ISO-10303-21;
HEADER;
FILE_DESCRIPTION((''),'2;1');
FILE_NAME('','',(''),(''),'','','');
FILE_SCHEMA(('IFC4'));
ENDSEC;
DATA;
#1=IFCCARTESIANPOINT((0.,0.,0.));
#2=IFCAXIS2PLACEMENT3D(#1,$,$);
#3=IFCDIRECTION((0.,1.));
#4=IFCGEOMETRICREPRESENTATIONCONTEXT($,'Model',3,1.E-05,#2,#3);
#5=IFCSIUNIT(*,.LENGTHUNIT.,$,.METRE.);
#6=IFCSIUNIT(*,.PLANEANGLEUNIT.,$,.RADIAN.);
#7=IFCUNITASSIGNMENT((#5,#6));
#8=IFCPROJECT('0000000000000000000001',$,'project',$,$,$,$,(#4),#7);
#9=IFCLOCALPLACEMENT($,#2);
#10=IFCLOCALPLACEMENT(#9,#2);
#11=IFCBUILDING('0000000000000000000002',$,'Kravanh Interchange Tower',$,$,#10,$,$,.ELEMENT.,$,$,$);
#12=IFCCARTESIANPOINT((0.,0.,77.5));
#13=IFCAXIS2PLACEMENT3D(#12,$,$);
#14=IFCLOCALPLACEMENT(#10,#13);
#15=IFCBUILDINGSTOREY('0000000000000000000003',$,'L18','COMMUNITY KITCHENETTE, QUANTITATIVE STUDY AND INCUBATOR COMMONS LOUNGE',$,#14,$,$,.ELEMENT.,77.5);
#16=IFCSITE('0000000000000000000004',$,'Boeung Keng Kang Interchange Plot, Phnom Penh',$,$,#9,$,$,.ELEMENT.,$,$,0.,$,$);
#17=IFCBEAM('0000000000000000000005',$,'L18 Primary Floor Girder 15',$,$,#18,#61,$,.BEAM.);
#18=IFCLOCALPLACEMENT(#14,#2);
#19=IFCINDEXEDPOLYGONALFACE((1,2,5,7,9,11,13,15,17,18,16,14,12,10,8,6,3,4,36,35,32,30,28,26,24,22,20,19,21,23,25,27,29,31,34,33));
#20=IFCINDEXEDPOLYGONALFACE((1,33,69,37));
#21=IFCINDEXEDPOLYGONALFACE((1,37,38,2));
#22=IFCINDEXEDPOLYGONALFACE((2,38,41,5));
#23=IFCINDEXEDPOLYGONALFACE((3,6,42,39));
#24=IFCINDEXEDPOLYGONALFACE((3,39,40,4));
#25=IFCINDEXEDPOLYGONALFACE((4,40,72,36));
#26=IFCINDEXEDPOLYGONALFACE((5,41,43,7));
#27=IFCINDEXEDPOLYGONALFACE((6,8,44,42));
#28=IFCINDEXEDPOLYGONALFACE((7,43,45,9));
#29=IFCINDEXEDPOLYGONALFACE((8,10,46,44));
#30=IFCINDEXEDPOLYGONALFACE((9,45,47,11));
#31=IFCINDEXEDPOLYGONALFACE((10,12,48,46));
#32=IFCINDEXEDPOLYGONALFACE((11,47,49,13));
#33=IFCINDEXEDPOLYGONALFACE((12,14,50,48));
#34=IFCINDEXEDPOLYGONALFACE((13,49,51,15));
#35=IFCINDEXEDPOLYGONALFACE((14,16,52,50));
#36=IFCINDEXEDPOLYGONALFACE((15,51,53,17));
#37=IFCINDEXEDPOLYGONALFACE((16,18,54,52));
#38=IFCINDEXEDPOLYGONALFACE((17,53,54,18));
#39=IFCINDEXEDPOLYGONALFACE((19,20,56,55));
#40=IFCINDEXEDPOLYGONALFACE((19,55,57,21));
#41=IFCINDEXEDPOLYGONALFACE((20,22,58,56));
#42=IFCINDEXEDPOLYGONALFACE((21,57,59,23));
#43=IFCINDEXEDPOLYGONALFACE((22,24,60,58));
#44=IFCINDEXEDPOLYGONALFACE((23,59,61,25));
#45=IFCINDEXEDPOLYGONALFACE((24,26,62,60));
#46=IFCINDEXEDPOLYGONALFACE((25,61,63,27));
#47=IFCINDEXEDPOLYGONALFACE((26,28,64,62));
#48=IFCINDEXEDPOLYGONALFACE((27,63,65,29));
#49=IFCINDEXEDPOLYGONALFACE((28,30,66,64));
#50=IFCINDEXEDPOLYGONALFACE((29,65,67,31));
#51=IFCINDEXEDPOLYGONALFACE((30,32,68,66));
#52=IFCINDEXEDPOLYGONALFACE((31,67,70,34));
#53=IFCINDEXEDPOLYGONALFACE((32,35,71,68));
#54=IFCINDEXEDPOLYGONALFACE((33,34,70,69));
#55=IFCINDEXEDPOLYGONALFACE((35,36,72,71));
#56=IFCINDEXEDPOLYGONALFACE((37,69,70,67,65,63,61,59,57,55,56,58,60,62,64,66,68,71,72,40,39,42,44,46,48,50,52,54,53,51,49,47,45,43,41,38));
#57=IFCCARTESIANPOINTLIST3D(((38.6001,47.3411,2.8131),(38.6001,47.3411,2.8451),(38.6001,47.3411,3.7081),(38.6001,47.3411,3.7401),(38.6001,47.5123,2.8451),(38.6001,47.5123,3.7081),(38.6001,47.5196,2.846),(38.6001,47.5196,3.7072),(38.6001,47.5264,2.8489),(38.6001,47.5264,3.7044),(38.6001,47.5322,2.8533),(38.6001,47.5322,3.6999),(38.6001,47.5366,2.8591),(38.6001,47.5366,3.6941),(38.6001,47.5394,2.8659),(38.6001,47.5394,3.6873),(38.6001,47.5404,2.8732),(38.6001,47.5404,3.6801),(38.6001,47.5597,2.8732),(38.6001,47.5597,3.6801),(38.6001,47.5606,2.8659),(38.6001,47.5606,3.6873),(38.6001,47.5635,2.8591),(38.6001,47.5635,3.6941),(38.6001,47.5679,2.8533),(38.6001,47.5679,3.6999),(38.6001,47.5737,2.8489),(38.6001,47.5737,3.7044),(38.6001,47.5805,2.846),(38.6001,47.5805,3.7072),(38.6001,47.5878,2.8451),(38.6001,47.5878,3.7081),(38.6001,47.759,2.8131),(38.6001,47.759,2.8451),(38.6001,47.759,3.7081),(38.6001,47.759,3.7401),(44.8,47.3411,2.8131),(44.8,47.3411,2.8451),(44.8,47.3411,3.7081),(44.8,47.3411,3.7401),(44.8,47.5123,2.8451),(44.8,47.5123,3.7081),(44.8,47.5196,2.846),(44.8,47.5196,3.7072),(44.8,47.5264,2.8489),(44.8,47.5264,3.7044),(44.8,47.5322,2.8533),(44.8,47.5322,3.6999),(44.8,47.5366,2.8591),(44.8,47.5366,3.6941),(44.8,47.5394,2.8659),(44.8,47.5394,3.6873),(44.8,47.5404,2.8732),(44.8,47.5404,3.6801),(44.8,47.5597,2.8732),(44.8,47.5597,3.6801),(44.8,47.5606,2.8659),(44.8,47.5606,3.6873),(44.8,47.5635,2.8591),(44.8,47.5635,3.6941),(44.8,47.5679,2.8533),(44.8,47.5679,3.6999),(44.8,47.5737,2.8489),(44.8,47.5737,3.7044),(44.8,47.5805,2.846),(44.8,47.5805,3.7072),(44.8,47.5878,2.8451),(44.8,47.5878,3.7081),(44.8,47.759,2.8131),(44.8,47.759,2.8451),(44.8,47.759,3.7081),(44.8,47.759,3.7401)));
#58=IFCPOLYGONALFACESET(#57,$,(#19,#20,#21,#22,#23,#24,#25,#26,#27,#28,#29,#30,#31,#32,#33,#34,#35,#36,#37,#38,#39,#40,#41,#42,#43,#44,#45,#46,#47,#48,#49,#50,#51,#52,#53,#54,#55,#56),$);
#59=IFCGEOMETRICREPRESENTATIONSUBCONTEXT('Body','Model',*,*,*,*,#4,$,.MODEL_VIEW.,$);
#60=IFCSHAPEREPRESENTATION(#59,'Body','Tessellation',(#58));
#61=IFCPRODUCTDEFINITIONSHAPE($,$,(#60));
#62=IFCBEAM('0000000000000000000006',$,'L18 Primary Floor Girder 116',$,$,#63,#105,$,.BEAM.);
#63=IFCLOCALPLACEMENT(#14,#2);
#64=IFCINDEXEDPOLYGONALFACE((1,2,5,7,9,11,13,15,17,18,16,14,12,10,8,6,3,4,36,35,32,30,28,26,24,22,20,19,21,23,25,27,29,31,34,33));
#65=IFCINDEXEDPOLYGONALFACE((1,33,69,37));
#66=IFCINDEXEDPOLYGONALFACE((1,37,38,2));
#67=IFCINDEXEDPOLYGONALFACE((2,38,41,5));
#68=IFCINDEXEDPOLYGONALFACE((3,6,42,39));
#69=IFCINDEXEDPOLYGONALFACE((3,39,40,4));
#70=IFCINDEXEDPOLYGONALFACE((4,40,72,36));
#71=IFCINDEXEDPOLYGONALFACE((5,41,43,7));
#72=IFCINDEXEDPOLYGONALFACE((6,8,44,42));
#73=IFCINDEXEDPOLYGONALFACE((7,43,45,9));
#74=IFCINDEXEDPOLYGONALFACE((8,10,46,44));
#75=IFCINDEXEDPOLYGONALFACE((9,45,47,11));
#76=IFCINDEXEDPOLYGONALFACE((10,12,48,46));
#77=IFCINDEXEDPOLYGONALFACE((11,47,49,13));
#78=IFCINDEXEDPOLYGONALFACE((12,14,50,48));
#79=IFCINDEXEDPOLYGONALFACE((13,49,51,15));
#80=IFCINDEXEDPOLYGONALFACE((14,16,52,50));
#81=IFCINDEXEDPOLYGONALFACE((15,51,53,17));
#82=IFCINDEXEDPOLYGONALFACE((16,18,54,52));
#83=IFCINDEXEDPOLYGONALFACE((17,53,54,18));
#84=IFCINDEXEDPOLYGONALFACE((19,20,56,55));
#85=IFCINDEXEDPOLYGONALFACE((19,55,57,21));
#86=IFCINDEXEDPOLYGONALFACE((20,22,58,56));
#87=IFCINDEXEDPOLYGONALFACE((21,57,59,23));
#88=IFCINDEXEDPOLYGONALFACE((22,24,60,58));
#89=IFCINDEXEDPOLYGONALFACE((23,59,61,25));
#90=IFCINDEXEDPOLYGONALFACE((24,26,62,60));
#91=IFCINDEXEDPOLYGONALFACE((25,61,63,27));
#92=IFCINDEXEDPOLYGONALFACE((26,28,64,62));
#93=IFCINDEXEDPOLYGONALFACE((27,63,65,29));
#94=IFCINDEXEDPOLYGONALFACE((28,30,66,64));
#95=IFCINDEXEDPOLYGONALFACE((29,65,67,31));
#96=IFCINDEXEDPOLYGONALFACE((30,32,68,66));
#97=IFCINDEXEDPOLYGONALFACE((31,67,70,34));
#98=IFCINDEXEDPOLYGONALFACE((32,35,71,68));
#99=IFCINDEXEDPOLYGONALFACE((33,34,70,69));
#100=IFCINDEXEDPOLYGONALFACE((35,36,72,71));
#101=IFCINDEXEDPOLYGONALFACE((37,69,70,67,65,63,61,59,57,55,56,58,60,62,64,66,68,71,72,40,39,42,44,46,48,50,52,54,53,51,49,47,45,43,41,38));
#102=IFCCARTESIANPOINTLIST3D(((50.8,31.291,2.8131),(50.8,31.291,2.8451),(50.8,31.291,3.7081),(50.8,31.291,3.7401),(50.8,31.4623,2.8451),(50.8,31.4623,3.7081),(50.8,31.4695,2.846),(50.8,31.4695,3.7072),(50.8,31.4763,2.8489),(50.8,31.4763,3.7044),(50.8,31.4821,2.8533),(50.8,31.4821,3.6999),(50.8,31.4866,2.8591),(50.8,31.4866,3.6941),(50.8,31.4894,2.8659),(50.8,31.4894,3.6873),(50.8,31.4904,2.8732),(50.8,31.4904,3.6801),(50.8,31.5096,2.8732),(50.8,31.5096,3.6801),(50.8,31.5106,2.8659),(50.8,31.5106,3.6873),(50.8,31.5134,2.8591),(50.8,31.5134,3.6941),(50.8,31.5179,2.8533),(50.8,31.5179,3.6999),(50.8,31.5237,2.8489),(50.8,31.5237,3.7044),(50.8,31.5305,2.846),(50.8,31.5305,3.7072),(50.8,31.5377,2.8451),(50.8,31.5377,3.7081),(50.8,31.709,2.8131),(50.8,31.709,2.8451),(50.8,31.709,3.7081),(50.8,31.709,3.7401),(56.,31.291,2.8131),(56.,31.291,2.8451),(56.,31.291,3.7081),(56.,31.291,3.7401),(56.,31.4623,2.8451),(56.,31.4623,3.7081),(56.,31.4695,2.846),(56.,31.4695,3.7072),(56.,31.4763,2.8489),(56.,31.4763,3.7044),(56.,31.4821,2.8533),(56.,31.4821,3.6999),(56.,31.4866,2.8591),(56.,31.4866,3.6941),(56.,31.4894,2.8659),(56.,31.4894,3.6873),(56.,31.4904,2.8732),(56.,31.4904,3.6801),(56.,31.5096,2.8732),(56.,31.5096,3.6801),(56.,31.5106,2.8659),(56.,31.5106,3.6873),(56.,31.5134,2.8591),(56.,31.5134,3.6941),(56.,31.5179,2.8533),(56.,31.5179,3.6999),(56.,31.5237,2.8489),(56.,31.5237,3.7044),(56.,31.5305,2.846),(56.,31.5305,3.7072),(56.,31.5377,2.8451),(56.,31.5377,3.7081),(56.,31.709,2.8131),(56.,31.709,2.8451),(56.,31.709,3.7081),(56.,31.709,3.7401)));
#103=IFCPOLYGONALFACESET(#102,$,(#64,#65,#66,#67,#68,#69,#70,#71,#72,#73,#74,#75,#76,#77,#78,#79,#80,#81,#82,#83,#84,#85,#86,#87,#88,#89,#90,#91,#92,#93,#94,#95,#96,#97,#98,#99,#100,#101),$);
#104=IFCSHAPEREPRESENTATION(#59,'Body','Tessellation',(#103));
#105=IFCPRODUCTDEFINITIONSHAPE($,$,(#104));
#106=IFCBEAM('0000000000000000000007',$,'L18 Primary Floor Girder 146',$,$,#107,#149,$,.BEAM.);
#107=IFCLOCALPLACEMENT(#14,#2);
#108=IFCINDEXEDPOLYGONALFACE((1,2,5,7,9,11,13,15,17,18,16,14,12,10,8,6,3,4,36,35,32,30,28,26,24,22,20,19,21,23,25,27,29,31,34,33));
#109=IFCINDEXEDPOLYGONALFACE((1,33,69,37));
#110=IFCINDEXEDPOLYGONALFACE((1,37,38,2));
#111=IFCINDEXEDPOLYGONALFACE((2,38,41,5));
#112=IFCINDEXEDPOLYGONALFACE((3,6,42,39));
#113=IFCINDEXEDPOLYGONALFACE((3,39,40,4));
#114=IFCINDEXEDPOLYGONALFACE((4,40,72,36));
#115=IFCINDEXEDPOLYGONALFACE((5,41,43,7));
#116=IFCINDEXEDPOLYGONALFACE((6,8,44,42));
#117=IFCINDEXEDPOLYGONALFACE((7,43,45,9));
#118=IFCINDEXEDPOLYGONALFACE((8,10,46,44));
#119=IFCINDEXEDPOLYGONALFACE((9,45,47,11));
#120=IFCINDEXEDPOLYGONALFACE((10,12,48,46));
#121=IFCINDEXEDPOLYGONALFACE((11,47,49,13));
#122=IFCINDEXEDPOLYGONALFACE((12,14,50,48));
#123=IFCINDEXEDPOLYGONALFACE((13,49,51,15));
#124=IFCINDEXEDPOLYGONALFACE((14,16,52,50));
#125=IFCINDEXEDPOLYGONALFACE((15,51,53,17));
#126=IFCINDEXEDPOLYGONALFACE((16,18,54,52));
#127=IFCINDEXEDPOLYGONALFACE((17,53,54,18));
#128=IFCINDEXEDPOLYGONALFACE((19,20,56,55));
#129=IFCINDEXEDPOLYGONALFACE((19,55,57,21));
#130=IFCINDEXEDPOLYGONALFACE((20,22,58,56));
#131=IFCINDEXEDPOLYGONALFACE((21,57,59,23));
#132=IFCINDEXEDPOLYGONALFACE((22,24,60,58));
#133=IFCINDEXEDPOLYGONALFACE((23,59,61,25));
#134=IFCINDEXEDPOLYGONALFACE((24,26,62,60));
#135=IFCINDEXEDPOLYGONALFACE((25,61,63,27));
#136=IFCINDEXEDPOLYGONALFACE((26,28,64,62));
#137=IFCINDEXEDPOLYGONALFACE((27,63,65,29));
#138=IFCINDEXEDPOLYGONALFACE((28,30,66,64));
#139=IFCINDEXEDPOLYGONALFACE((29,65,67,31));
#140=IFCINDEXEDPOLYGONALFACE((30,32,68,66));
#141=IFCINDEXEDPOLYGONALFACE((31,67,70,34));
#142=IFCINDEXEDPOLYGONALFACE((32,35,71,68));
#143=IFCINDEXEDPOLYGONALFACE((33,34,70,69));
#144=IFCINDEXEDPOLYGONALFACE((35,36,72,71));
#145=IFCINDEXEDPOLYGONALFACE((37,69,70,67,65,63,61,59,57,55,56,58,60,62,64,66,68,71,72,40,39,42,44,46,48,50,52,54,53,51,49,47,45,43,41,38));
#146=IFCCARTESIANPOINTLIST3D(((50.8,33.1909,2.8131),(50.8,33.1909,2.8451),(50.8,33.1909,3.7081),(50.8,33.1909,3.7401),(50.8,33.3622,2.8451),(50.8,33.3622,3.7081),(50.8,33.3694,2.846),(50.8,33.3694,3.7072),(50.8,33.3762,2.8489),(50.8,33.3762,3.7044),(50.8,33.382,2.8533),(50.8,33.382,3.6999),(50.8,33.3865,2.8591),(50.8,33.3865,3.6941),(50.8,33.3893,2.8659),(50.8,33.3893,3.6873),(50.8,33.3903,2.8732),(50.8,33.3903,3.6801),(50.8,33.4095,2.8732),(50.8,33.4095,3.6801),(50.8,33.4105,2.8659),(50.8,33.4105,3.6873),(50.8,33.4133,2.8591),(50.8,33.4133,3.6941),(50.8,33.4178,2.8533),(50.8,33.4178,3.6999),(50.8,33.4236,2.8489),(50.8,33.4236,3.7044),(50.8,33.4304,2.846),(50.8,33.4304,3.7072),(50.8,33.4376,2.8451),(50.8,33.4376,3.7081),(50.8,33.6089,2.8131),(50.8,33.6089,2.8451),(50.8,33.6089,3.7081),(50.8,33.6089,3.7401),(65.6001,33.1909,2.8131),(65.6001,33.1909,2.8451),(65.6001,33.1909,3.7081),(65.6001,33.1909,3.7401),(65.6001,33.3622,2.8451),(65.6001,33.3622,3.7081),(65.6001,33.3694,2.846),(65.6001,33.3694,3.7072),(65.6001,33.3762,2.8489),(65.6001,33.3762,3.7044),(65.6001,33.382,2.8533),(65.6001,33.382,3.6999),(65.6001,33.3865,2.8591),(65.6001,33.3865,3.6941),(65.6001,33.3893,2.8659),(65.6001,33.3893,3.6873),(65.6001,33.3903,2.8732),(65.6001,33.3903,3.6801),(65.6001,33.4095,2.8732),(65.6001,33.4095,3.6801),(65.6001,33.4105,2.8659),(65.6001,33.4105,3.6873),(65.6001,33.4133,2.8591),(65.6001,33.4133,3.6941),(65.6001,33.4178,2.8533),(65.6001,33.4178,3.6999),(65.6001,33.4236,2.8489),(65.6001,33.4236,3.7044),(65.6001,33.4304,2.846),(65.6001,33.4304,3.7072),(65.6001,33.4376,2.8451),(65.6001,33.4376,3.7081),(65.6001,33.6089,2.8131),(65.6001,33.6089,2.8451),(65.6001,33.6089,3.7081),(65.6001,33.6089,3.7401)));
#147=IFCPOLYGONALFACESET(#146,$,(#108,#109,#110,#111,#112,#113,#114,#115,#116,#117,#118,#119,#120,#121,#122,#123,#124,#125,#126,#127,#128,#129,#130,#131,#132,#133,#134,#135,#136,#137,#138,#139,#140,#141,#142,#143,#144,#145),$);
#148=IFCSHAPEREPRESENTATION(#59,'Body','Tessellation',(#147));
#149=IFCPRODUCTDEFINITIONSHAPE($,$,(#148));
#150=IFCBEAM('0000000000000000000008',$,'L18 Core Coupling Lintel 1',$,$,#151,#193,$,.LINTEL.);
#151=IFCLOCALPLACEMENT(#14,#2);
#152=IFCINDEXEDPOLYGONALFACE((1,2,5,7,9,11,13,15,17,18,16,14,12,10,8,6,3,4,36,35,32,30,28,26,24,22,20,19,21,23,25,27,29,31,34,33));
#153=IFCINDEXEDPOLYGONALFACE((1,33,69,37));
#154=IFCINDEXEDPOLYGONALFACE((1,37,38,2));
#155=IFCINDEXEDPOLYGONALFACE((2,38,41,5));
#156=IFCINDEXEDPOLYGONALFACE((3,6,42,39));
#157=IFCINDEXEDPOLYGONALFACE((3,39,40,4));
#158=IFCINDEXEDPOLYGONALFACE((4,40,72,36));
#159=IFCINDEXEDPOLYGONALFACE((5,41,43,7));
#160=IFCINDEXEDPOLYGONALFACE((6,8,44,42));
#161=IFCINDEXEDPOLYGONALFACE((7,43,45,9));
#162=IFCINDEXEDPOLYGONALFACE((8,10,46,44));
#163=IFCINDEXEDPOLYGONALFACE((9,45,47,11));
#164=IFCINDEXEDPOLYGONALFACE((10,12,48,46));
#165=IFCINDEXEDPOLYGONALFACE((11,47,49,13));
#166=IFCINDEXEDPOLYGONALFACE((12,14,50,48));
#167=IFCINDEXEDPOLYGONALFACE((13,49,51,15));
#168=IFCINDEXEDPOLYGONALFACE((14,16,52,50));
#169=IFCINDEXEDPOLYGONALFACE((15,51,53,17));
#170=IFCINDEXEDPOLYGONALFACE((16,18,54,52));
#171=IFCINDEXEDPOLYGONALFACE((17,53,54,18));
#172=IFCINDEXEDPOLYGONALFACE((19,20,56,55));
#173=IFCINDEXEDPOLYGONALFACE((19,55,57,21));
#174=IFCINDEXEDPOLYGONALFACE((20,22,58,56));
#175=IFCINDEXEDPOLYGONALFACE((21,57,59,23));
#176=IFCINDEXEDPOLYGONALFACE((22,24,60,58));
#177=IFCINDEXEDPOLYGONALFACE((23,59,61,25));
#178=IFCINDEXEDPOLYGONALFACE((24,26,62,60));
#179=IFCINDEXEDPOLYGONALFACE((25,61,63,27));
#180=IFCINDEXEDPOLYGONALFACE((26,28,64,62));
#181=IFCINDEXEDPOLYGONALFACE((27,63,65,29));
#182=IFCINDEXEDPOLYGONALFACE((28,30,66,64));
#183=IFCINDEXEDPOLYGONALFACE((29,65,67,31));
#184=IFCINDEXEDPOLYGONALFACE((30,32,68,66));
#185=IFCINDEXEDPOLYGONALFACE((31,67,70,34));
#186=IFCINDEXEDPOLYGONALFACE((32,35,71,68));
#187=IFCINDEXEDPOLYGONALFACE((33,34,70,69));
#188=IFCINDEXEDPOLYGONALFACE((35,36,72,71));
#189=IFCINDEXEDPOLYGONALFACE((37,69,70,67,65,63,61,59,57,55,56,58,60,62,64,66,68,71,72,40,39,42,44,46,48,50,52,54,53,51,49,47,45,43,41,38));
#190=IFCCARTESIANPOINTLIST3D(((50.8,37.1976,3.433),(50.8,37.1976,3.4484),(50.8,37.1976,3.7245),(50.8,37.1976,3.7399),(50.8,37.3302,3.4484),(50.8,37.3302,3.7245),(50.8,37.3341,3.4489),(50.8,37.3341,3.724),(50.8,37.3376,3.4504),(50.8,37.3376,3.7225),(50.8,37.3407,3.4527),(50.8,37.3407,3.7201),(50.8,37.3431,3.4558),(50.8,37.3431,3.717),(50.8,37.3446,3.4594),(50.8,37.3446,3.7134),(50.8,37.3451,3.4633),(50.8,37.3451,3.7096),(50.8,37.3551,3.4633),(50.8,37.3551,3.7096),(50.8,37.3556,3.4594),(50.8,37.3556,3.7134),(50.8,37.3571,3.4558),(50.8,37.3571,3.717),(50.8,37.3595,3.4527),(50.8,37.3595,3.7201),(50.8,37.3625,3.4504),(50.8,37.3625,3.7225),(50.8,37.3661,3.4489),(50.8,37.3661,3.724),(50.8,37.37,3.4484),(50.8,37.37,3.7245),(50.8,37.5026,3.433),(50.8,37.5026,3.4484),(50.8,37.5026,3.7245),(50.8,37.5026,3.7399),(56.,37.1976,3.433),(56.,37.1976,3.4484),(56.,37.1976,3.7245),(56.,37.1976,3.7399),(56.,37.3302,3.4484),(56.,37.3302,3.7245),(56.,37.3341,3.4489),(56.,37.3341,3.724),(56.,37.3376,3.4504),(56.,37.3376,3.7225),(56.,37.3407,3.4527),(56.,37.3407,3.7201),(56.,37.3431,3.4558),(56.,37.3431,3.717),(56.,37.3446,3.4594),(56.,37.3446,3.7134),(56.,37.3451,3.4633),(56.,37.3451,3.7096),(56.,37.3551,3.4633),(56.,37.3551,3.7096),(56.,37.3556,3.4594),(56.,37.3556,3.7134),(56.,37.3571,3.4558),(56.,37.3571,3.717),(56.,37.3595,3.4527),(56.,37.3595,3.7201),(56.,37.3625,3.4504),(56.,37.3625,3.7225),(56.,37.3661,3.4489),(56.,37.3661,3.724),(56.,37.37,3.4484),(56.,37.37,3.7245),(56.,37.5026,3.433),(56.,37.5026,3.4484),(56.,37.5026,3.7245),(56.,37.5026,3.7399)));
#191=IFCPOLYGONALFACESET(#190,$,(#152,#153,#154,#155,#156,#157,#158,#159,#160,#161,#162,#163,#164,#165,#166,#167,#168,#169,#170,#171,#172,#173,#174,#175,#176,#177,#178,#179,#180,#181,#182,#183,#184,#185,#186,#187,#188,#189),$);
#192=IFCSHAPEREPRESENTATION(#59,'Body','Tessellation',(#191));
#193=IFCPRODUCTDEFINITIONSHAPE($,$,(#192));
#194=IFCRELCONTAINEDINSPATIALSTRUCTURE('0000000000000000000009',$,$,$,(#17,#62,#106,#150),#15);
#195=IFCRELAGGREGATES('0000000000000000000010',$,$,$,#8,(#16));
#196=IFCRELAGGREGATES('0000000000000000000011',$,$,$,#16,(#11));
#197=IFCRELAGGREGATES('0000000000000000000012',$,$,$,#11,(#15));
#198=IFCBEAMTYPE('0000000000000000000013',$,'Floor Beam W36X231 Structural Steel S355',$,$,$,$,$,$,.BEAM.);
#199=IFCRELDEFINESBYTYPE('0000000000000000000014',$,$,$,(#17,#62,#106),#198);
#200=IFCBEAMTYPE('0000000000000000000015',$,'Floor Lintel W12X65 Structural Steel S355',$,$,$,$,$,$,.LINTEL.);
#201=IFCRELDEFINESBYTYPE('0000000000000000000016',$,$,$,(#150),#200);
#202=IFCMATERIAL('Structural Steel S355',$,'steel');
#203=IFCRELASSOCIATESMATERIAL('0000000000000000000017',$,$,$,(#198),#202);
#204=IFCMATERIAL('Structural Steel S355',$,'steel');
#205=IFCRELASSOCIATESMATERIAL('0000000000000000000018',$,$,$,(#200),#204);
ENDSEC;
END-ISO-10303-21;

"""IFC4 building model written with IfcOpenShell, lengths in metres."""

from ifc_helpers import new_model, si_unit, direction, frame, origin, origin_2d, place, context, subcontext, project, spatial, i_section, extrude, material, material_profile, profile_set, type_object, element, save


model = new_model("IFC4")

# Units and contexts
model_context = context("Model", 3, precision=1e-05, world=origin(), true_north=direction((0.0, 1.0)))
body_context = subcontext(model_context, "Body", "Model", "MODEL_VIEW")
ifc_project = project(units=[si_unit("LENGTHUNIT", "METRE"), si_unit("PLANEANGLEUNIT", "RADIAN")], contexts=[model_context])

# Site, building, storey
site_placement = place(None, origin())
site = spatial("IfcSite", under=ifc_project, at=site_placement, Name="Boeung Keng Kang Interchange Plot, Phnom Penh", CompositionType="ELEMENT", RefElevation=0.0)
building_placement = place(site_placement, origin())
building = spatial("IfcBuilding", under=site, at=building_placement, Name="Kravanh Interchange Tower", CompositionType="ELEMENT")
storey_placement = place(building_placement, frame((0.0, 0.0, 77.5)))
storey = spatial("IfcBuildingStorey", under=building, at=storey_placement, Name="L18", Description="COMMUNITY KITCHENETTE, QUANTITATIVE STUDY AND INCUBATOR COMMONS LOUNGE", CompositionType="ELEMENT", Elevation=77.5)

# Beams
ifc_material_1 = material(Name="Structural Steel S355", Category="steel")
ifc_material_profile_1 = material_profile(ifc_material_1, i_section(OverallWidth=0.418, OverallDepth=0.927, WebThickness=0.0193, FlangeThickness=0.032, FilletRadius=0.0281, at=origin_2d()), Name="W36X231")
ifc_profile_set_1 = profile_set([ifc_material_profile_1], Name="Structural Steel S355")
beam_type_1 = type_object("IfcBeamType", Name="Floor Beam W36X231 Structural Steel S355", PredefinedType="BEAM", material=ifc_profile_set_1)
beam_1_placement = place(storey_placement, frame((44.8, 47.55, 3.2766), z_axis=(-1.0, 0.0, 0.0), x_axis=(0.0, -1.0, 0.0)))
element("IfcBeam", 1, at=beam_1_placement, inside=storey, type_object=beam_type_1, Name="L18 Primary Floor Girder 15", PredefinedType="BEAM", context=body_context, shape_type="SweptSolid", body=[
    extrude(i_section(OverallWidth=0.418, OverallDepth=0.927, WebThickness=0.0193, FlangeThickness=0.032, FilletRadius=0.0281, at=origin_2d()), origin(), (0.0, 0.0, 1.0), 6.2),
])
beam_2_placement = place(storey_placement, frame((50.8, 31.5, 3.2766), z_axis=(1.0, 0.0, 0.0), x_axis=(0.0, 1.0, 0.0)))
element("IfcBeam", 2, at=beam_2_placement, inside=storey, type_object=beam_type_1, Name="L18 Primary Floor Girder 116", PredefinedType="BEAM", context=body_context, shape_type="SweptSolid", body=[
    extrude(i_section(OverallWidth=0.418, OverallDepth=0.927, WebThickness=0.0193, FlangeThickness=0.032, FilletRadius=0.0281, at=origin_2d()), origin(), (0.0, 0.0, 1.0), 5.2),
])
beam_3_placement = place(storey_placement, frame((50.8, 33.3999, 3.2766), z_axis=(1.0, 0.0, 0.0), x_axis=(0.0, 1.0, 0.0)))
element("IfcBeam", 3, at=beam_3_placement, inside=storey, type_object=beam_type_1, Name="L18 Primary Floor Girder 146", PredefinedType="BEAM", context=body_context, shape_type="SweptSolid", body=[
    extrude(i_section(OverallWidth=0.418, OverallDepth=0.927, WebThickness=0.0193, FlangeThickness=0.032, FilletRadius=0.0281, at=origin_2d()), origin(), (0.0, 0.0, 1.0), 14.8),
])
ifc_material_2 = material(Name="Structural Steel S355", Category="steel")
ifc_material_profile_2 = material_profile(ifc_material_2, i_section(OverallWidth=0.3049, OverallDepth=0.3069, WebThickness=0.01, FlangeThickness=0.0154, FilletRadius=0.0149, at=origin_2d()), Name="W12X65")
ifc_profile_set_2 = profile_set([ifc_material_profile_2], Name="Structural Steel S355")
beam_type_2 = type_object("IfcBeamType", Name="Floor Lintel W12X65 Structural Steel S355", PredefinedType="LINTEL", material=ifc_profile_set_2)
beam_4_placement = place(storey_placement, frame((50.8, 37.3501, 3.5864), z_axis=(1.0, 0.0, 0.0), x_axis=(0.0, 1.0, 0.0)))
element("IfcBeam", 4, at=beam_4_placement, inside=storey, type_object=beam_type_2, Name="L18 Core Coupling Lintel 1", PredefinedType="LINTEL", context=body_context, shape_type="SweptSolid", body=[
    extrude(i_section(OverallWidth=0.3049, OverallDepth=0.3069, WebThickness=0.01, FlangeThickness=0.0154, FilletRadius=0.0149, at=origin_2d()), origin(), (0.0, 0.0, 1.0), 5.2),
])

save(model, "model.ifc")
